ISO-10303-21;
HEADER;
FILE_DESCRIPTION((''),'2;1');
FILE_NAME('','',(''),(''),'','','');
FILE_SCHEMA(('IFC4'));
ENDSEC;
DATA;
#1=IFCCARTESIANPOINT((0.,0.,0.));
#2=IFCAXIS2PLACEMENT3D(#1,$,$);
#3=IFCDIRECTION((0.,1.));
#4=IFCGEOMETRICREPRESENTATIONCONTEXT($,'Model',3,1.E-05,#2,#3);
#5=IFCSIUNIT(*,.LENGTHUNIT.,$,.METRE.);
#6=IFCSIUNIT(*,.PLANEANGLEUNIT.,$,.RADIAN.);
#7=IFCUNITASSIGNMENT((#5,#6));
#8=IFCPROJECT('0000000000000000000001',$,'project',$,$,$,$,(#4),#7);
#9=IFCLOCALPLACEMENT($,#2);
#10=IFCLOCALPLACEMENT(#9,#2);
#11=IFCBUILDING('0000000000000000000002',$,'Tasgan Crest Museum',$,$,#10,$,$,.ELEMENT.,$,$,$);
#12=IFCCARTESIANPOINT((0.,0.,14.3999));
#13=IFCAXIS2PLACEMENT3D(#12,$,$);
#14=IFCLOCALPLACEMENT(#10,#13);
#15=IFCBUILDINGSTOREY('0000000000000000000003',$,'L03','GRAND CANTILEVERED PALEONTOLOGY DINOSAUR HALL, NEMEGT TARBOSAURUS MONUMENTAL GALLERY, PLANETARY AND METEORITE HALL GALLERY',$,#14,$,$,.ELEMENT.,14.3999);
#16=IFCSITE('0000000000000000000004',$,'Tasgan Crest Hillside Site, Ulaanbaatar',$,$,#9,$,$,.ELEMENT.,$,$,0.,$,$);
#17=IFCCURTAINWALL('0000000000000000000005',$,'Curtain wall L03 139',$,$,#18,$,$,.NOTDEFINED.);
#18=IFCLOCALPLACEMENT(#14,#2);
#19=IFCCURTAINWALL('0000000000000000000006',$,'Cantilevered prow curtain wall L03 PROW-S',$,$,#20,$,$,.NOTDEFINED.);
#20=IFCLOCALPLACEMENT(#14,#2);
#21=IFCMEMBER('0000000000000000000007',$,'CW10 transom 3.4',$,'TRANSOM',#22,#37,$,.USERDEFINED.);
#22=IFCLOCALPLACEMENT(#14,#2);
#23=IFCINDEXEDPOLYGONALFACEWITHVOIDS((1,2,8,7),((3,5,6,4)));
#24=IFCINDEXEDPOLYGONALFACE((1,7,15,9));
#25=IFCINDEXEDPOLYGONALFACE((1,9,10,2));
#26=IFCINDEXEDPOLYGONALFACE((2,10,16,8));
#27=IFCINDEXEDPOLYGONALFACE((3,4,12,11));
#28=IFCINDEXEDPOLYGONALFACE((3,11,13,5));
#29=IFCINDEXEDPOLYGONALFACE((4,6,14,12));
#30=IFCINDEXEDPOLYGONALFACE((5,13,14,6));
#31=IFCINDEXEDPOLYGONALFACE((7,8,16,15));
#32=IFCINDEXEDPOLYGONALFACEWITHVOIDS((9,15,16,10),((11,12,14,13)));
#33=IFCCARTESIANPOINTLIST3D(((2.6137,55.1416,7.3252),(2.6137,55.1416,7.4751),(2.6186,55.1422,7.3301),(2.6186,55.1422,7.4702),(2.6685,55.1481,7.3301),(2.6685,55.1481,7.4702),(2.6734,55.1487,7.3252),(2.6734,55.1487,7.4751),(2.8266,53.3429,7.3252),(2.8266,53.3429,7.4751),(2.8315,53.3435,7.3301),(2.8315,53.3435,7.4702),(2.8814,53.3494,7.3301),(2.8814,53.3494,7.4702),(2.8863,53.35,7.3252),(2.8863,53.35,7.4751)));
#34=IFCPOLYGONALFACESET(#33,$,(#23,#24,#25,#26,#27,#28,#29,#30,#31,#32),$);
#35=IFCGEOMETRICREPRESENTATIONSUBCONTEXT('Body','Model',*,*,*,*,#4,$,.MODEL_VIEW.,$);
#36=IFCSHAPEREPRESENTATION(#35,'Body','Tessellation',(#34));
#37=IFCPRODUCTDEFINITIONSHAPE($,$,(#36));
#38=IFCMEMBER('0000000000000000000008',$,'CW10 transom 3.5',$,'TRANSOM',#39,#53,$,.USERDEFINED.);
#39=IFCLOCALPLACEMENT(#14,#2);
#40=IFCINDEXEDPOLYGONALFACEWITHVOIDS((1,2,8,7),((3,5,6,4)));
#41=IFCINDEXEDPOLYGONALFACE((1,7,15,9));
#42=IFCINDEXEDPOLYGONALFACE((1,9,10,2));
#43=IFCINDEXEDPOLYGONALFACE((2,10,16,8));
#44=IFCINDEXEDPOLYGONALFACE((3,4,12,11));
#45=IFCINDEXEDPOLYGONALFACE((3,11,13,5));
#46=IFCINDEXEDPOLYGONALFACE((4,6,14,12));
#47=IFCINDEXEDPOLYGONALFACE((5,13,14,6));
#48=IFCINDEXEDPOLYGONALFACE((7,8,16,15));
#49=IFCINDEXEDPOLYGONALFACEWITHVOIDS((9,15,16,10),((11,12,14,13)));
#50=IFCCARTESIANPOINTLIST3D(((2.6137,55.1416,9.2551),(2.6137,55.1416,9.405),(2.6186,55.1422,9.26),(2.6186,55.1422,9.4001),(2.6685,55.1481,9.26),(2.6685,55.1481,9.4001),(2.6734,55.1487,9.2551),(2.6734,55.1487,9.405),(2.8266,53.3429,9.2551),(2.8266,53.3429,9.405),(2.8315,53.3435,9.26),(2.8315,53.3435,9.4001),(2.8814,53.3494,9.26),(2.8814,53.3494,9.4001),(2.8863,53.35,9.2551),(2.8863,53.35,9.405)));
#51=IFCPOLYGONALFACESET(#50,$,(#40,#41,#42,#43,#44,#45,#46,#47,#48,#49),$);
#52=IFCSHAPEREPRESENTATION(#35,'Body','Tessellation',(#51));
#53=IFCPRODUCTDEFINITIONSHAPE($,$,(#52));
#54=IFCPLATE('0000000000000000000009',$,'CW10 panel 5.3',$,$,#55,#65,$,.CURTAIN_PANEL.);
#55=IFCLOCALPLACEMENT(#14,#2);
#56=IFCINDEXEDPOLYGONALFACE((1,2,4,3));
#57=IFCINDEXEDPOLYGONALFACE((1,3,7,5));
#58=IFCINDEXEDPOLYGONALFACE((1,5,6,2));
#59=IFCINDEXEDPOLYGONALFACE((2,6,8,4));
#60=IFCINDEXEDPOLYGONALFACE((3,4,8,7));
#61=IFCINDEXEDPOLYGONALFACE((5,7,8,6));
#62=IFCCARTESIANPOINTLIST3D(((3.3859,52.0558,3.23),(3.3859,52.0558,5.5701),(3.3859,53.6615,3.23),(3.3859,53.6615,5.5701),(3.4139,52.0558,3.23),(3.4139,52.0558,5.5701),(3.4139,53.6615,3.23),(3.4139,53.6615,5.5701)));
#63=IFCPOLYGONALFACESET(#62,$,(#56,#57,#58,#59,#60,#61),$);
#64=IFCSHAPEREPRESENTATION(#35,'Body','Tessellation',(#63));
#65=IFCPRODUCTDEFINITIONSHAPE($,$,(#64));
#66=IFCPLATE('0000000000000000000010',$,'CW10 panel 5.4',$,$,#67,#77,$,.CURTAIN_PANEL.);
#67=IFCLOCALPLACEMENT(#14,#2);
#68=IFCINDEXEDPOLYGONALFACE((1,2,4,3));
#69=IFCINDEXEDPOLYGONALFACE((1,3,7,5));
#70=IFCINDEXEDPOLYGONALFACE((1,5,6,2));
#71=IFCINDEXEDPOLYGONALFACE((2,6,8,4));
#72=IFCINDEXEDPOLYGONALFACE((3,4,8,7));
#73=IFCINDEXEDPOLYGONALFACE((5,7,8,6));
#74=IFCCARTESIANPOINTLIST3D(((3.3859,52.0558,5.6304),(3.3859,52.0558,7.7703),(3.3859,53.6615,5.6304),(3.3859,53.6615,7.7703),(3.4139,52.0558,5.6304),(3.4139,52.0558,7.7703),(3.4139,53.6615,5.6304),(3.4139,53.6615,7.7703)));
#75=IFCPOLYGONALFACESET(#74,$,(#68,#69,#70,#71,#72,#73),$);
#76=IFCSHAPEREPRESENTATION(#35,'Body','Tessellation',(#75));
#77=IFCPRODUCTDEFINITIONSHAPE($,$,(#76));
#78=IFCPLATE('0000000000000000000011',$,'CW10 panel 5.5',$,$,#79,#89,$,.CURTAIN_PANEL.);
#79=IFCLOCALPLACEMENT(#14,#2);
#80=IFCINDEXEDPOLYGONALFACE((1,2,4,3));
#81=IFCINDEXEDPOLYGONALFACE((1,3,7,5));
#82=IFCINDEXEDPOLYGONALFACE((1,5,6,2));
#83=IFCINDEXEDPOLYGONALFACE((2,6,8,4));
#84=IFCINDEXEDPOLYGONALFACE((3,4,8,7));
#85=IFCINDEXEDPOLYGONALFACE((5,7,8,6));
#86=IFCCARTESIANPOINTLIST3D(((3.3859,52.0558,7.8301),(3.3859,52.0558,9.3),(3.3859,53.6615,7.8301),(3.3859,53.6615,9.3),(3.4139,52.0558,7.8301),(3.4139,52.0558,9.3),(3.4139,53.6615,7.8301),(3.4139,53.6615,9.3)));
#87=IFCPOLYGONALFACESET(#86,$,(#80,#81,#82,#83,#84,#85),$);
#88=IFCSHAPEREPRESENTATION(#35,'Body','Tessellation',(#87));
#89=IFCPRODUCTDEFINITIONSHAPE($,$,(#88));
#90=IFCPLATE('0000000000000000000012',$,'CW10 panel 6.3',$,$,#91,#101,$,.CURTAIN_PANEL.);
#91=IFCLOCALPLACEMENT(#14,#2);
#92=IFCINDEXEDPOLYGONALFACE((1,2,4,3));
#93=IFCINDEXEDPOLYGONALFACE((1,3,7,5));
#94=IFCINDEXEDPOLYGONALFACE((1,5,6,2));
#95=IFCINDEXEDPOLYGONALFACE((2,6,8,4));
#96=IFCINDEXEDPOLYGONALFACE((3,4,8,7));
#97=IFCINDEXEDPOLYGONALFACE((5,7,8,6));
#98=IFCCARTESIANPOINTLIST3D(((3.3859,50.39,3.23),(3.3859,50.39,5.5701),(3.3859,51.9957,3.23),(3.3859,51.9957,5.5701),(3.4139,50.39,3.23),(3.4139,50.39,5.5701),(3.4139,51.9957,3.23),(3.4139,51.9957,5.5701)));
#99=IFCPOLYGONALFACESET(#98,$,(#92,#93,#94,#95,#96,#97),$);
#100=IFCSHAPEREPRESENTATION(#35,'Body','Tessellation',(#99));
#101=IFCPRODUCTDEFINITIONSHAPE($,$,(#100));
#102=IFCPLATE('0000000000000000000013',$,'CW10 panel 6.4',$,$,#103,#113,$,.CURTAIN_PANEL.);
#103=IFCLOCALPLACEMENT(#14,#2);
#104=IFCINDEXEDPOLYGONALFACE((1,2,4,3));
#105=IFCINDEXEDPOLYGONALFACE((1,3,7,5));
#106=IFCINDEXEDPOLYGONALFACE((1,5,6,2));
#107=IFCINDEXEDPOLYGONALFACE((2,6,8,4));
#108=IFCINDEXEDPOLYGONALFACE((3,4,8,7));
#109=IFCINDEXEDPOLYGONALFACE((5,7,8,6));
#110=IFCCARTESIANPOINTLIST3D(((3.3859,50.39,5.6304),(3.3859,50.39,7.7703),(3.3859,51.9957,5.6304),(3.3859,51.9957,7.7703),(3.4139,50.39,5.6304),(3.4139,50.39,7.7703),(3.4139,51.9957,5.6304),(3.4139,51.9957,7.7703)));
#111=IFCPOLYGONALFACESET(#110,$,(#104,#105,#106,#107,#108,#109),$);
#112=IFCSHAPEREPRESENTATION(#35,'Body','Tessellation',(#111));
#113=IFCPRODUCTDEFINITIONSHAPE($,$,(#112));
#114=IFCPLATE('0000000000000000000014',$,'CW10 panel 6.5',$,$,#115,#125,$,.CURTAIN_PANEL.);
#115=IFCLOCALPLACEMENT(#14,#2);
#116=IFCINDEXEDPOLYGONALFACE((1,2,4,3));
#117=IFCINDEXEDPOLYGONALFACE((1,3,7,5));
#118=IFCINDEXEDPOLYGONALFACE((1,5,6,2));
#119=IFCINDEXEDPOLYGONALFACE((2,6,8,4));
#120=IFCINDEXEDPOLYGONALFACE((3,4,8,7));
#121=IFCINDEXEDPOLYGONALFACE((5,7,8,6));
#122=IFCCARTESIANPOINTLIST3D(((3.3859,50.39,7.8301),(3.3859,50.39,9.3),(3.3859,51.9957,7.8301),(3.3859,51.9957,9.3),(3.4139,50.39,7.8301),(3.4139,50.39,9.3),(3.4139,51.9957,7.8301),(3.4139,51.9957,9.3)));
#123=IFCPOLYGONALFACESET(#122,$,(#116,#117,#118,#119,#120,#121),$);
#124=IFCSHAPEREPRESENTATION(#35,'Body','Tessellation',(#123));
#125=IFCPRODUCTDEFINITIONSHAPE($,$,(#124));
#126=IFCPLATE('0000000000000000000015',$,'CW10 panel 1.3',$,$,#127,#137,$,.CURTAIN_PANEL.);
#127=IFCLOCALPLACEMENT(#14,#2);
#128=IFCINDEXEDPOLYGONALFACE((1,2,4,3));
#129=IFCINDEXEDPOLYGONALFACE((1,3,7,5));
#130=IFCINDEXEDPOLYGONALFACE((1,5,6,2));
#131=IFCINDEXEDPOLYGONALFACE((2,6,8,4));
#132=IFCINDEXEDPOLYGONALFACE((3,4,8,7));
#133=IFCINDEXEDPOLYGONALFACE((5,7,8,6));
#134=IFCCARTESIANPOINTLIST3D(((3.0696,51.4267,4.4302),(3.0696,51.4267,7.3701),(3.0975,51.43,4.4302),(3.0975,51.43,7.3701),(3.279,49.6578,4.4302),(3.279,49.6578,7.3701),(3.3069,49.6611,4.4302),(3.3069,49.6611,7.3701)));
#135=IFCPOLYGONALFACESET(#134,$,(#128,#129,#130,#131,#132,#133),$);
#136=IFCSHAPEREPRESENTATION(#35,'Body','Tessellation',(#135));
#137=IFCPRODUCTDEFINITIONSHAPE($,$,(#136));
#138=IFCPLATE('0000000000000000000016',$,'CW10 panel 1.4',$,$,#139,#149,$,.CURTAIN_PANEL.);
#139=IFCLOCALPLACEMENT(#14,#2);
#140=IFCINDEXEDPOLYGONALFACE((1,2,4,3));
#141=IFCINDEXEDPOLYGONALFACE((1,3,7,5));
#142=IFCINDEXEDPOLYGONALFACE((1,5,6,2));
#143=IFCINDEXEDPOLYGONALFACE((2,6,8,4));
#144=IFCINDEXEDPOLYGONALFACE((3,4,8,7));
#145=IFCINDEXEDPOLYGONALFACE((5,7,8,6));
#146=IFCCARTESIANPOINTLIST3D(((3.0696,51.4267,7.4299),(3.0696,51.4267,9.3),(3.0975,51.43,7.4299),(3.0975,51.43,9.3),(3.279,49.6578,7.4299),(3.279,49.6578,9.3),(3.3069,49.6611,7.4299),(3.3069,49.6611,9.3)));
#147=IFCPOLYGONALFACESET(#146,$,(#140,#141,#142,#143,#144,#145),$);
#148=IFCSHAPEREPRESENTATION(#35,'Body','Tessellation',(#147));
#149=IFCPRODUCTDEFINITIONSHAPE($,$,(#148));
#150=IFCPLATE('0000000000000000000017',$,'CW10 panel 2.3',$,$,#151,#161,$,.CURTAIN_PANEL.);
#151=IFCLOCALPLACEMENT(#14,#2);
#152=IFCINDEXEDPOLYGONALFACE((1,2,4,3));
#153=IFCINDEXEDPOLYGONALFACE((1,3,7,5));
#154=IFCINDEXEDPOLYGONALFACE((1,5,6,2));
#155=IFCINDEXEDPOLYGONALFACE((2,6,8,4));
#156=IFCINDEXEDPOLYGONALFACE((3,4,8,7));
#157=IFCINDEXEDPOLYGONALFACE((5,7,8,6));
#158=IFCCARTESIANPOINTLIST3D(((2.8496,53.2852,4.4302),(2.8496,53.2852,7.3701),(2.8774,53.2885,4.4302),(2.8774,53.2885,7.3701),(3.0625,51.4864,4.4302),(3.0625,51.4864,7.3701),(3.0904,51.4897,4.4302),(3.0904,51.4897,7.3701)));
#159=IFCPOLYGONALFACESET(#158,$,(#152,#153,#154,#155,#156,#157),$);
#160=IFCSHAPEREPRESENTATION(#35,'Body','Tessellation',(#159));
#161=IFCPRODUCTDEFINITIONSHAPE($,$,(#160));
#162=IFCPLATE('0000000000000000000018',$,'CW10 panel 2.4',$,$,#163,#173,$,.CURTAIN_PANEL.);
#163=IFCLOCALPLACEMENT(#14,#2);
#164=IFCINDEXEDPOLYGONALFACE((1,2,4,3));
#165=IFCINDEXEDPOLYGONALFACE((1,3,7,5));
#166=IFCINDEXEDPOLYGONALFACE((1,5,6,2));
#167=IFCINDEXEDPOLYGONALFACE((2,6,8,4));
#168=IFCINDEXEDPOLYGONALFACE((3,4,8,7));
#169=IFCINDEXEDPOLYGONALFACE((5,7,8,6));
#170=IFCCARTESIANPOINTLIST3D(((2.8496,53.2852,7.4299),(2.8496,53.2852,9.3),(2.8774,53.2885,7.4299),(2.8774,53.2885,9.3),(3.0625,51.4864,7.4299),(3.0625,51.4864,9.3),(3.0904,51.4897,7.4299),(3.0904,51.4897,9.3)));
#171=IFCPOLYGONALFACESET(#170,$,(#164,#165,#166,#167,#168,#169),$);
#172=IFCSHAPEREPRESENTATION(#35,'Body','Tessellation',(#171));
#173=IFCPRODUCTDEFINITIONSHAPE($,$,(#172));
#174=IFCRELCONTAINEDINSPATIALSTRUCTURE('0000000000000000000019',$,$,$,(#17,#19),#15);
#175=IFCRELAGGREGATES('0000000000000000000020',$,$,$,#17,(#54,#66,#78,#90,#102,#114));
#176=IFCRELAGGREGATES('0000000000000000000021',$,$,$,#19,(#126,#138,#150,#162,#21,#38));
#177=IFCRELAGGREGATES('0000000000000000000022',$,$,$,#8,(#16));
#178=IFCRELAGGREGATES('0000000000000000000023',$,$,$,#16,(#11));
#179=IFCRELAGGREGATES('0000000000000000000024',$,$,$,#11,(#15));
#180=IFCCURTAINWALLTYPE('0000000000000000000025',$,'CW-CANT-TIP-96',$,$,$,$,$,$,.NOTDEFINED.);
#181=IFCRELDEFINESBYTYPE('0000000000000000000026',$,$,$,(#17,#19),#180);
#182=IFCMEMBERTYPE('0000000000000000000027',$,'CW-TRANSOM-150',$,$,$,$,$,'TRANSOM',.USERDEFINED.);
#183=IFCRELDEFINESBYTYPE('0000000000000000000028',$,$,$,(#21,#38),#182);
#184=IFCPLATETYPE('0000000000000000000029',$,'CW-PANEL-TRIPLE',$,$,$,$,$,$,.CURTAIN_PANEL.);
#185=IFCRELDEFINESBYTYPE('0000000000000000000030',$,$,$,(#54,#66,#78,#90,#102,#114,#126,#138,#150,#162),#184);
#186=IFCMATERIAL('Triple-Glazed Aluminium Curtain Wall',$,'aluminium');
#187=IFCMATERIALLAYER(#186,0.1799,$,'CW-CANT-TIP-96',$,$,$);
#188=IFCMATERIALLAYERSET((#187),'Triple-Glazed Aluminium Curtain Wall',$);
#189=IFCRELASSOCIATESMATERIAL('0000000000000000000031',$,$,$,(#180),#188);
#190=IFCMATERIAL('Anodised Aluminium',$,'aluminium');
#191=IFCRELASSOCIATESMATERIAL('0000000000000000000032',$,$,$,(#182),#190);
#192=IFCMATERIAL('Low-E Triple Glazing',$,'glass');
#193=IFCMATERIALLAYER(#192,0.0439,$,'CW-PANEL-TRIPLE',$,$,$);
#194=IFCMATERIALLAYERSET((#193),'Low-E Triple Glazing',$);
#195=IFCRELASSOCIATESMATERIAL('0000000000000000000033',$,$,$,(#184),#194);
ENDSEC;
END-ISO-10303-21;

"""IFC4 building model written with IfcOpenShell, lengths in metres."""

from ifc_helpers import new_model, si_unit, direction, frame, origin, origin_2d, place, context, subcontext, project, spatial, rectangle, hollow_rectangle, extrude, material, layer, layer_set, material_profile, profile_set, type_object, element, aggregate, save


model = new_model("IFC4")

# Units and contexts
model_context = context("Model", 3, precision=1e-05, world=origin(), true_north=direction((0.0, 1.0)))
body_context = subcontext(model_context, "Body", "Model", "MODEL_VIEW")
ifc_project = project(units=[si_unit("LENGTHUNIT", "METRE"), si_unit("PLANEANGLEUNIT", "RADIAN")], contexts=[model_context])

# Site, building, storey
site_placement = place(None, origin())
site = spatial("IfcSite", under=ifc_project, at=site_placement, Name="Tasgan Crest Hillside Site, Ulaanbaatar", CompositionType="ELEMENT", RefElevation=0.0)
building_placement = place(site_placement, origin())
building = spatial("IfcBuilding", under=site, at=building_placement, Name="Tasgan Crest Museum", CompositionType="ELEMENT")
storey_placement = place(building_placement, frame((0.0, 0.0, 14.3999)))
storey = spatial("IfcBuildingStorey", under=building, at=storey_placement, Name="L03", Description="GRAND CANTILEVERED PALEONTOLOGY DINOSAUR HALL, NEMEGT TARBOSAURUS MONUMENTAL GALLERY, PLANETARY AND METEORITE HALL GALLERY", CompositionType="ELEMENT", Elevation=14.3999)

# Curtain walls, members
ifc_material_1 = material(Name="Triple-Glazed Aluminium Curtain Wall", Category="aluminium")
ifc_layer_1 = layer(ifc_material_1, 0.1799, Name="CW-CANT-TIP-96")
ifc_layer_set_1 = layer_set([ifc_layer_1], Name="Triple-Glazed Aluminium Curtain Wall")
curtain_wall_type = type_object("IfcCurtainWallType", Name="CW-CANT-TIP-96", PredefinedType="NOTDEFINED", material=ifc_layer_set_1)
curtain_wall_1_placement = place(storey_placement, origin())
curtain_wall_1 = element("IfcCurtainWall", 1, at=curtain_wall_1_placement, inside=storey, type_object=curtain_wall_type, Name="Curtain wall L03 139", PredefinedType="NOTDEFINED")
ifc_material_2 = material(Name="Anodised Aluminium", Category="aluminium")
ifc_material_profile = material_profile(ifc_material_2, hollow_rectangle(XDim=0.0601, YDim=0.1499, WallThickness=0.0049, at=origin_2d()), Name="ALU TRANSOM 150x60x5")
ifc_profile_set = profile_set([ifc_material_profile], Name="Anodised Aluminium")
member_type = type_object("IfcMemberType", Name="CW-TRANSOM-150", ElementType="TRANSOM", PredefinedType="USERDEFINED", material=ifc_profile_set)
curtain_wall_2_placement = place(storey_placement, origin())
curtain_wall_2 = element("IfcCurtainWall", 2, at=curtain_wall_2_placement, inside=storey, type_object=curtain_wall_type, Name="Cantilevered prow curtain wall L03 PROW-S", PredefinedType="NOTDEFINED")
member_1_placement = place(storey_placement, frame((2.8564, 53.3464, 7.4001), z_axis=(-0.117529, 0.993069, 0.0), x_axis=(-0.993069, -0.117529, 0.0)))
member_1 = element("IfcMember", 3, at=member_1_placement, type_object=member_type, Name="CW10 transom 3.4", ObjectType="TRANSOM", PredefinedType="USERDEFINED", context=body_context, shape_type="SweptSolid", body=[
    extrude(hollow_rectangle(XDim=0.0601, YDim=0.1499, WallThickness=0.0049, at=origin_2d()), origin(), (0.0, 0.0, 1.0), 1.8113),
])
member_2_placement = place(storey_placement, frame((2.8564, 53.3464, 9.3301), z_axis=(-0.117529, 0.993069, 0.0), x_axis=(-0.993069, -0.117529, 0.0)))
member_2 = element("IfcMember", 4, at=member_2_placement, type_object=member_type, Name="CW10 transom 3.5", ObjectType="TRANSOM", PredefinedType="USERDEFINED", context=body_context, shape_type="SweptSolid", body=[
    extrude(hollow_rectangle(XDim=0.0601, YDim=0.1499, WallThickness=0.0049, at=origin_2d()), origin(), (0.0, 0.0, 1.0), 1.8113),
])

# Plates
ifc_material_3 = material(Name="Low-E Triple Glazing", Category="glass")
ifc_layer_2 = layer(ifc_material_3, 0.0439, Name="CW-PANEL-TRIPLE")
ifc_layer_set_2 = layer_set([ifc_layer_2], Name="Low-E Triple Glazing")
plate_type = type_object("IfcPlateType", Name="CW-PANEL-TRIPLE", PredefinedType="CURTAIN_PANEL", material=ifc_layer_set_2)
plate_1_placement = place(storey_placement, frame((3.3999, 52.8586, 3.23), z_axis=(0.0, 0.0, 1.0), x_axis=(0.0, -1.0, 0.0)))
plate_1 = element("IfcPlate", 5, at=plate_1_placement, type_object=plate_type, Name="CW10 panel 5.3", PredefinedType="CURTAIN_PANEL", context=body_context, shape_type="SweptSolid", body=[
    extrude(rectangle(XDim=1.6057, YDim=0.0281, at=origin_2d()), origin(), (0.0, 0.0, 1.0), 2.3401),
])
plate_2_placement = place(storey_placement, frame((3.3999, 52.8586, 5.6304), z_axis=(0.0, 0.0, 1.0), x_axis=(0.0, -1.0, 0.0)))
plate_2 = element("IfcPlate", 6, at=plate_2_placement, type_object=plate_type, Name="CW10 panel 5.4", PredefinedType="CURTAIN_PANEL", context=body_context, shape_type="SweptSolid", body=[
    extrude(rectangle(XDim=1.6057, YDim=0.0281, at=origin_2d()), origin(), (0.0, 0.0, 1.0), 2.1399),
])
plate_3_placement = place(storey_placement, frame((3.3999, 52.8586, 7.8301), z_axis=(0.0, 0.0, 1.0), x_axis=(0.0, -1.0, 0.0)))
plate_3 = element("IfcPlate", 7, at=plate_3_placement, type_object=plate_type, Name="CW10 panel 5.5", PredefinedType="CURTAIN_PANEL", context=body_context, shape_type="SweptSolid", body=[
    extrude(rectangle(XDim=1.6057, YDim=0.0281, at=origin_2d()), origin(), (0.0, 0.0, 1.0), 1.47),
])
plate_4_placement = place(storey_placement, frame((3.3999, 51.1929, 3.23), z_axis=(0.0, 0.0, 1.0), x_axis=(0.0, -1.0, 0.0)))
plate_4 = element("IfcPlate", 8, at=plate_4_placement, type_object=plate_type, Name="CW10 panel 6.3", PredefinedType="CURTAIN_PANEL", context=body_context, shape_type="SweptSolid", body=[
    extrude(rectangle(XDim=1.6057, YDim=0.0281, at=origin_2d()), origin(), (0.0, 0.0, 1.0), 2.3401),
])
plate_5_placement = place(storey_placement, frame((3.3999, 51.1929, 5.6304), z_axis=(0.0, 0.0, 1.0), x_axis=(0.0, -1.0, 0.0)))
plate_5 = element("IfcPlate", 9, at=plate_5_placement, type_object=plate_type, Name="CW10 panel 6.4", PredefinedType="CURTAIN_PANEL", context=body_context, shape_type="SweptSolid", body=[
    extrude(rectangle(XDim=1.6057, YDim=0.0281, at=origin_2d()), origin(), (0.0, 0.0, 1.0), 2.1399),
])
plate_6_placement = place(storey_placement, frame((3.3999, 51.1929, 7.8301), z_axis=(0.0, 0.0, 1.0), x_axis=(0.0, -1.0, 0.0)))
plate_6 = element("IfcPlate", 10, at=plate_6_placement, type_object=plate_type, Name="CW10 panel 6.5", PredefinedType="CURTAIN_PANEL", context=body_context, shape_type="SweptSolid", body=[
    extrude(rectangle(XDim=1.6057, YDim=0.0281, at=origin_2d()), origin(), (0.0, 0.0, 1.0), 1.47),
])
aggregate(curtain_wall_1, [plate_1, plate_2, plate_3, plate_4, plate_5, plate_6])
plate_7_placement = place(storey_placement, frame((3.1882, 50.5439, 4.4302), z_axis=(0.0, 0.0, 1.0), x_axis=(-0.117565, 0.993065, 0.0)))
plate_7 = element("IfcPlate", 11, at=plate_7_placement, type_object=plate_type, Name="CW10 panel 1.3", PredefinedType="CURTAIN_PANEL", context=body_context, shape_type="SweptSolid", body=[
    extrude(rectangle(XDim=1.7812, YDim=0.0281, at=origin_2d()), origin(), (0.0, 0.0, 1.0), 2.9399),
])
plate_8_placement = place(storey_placement, frame((3.1882, 50.5439, 7.4299), z_axis=(0.0, 0.0, 1.0), x_axis=(-0.117565, 0.993065, 0.0)))
plate_8 = element("IfcPlate", 12, at=plate_8_placement, type_object=plate_type, Name="CW10 panel 1.4", PredefinedType="CURTAIN_PANEL", context=body_context, shape_type="SweptSolid", body=[
    extrude(rectangle(XDim=1.7812, YDim=0.0281, at=origin_2d()), origin(), (0.0, 0.0, 1.0), 1.8701),
])
plate_9_placement = place(storey_placement, frame((2.97, 52.3875, 4.4302), z_axis=(0.0, 0.0, 1.0), x_axis=(-0.117565, 0.993065, 0.0)))
plate_9 = element("IfcPlate", 13, at=plate_9_placement, type_object=plate_type, Name="CW10 panel 2.3", PredefinedType="CURTAIN_PANEL", context=body_context, shape_type="SweptSolid", body=[
    extrude(rectangle(XDim=1.8113, YDim=0.0281, at=origin_2d()), origin(), (0.0, 0.0, 1.0), 2.9399),
])
plate_10_placement = place(storey_placement, frame((2.97, 52.3875, 7.4299), z_axis=(0.0, 0.0, 1.0), x_axis=(-0.117565, 0.993065, 0.0)))
plate_10 = element("IfcPlate", 14, at=plate_10_placement, type_object=plate_type, Name="CW10 panel 2.4", PredefinedType="CURTAIN_PANEL", context=body_context, shape_type="SweptSolid", body=[
    extrude(rectangle(XDim=1.8113, YDim=0.0281, at=origin_2d()), origin(), (0.0, 0.0, 1.0), 1.8701),
])
aggregate(curtain_wall_2, [plate_7, plate_8, plate_9, plate_10, member_1, member_2])

save(model, "model.ifc")
